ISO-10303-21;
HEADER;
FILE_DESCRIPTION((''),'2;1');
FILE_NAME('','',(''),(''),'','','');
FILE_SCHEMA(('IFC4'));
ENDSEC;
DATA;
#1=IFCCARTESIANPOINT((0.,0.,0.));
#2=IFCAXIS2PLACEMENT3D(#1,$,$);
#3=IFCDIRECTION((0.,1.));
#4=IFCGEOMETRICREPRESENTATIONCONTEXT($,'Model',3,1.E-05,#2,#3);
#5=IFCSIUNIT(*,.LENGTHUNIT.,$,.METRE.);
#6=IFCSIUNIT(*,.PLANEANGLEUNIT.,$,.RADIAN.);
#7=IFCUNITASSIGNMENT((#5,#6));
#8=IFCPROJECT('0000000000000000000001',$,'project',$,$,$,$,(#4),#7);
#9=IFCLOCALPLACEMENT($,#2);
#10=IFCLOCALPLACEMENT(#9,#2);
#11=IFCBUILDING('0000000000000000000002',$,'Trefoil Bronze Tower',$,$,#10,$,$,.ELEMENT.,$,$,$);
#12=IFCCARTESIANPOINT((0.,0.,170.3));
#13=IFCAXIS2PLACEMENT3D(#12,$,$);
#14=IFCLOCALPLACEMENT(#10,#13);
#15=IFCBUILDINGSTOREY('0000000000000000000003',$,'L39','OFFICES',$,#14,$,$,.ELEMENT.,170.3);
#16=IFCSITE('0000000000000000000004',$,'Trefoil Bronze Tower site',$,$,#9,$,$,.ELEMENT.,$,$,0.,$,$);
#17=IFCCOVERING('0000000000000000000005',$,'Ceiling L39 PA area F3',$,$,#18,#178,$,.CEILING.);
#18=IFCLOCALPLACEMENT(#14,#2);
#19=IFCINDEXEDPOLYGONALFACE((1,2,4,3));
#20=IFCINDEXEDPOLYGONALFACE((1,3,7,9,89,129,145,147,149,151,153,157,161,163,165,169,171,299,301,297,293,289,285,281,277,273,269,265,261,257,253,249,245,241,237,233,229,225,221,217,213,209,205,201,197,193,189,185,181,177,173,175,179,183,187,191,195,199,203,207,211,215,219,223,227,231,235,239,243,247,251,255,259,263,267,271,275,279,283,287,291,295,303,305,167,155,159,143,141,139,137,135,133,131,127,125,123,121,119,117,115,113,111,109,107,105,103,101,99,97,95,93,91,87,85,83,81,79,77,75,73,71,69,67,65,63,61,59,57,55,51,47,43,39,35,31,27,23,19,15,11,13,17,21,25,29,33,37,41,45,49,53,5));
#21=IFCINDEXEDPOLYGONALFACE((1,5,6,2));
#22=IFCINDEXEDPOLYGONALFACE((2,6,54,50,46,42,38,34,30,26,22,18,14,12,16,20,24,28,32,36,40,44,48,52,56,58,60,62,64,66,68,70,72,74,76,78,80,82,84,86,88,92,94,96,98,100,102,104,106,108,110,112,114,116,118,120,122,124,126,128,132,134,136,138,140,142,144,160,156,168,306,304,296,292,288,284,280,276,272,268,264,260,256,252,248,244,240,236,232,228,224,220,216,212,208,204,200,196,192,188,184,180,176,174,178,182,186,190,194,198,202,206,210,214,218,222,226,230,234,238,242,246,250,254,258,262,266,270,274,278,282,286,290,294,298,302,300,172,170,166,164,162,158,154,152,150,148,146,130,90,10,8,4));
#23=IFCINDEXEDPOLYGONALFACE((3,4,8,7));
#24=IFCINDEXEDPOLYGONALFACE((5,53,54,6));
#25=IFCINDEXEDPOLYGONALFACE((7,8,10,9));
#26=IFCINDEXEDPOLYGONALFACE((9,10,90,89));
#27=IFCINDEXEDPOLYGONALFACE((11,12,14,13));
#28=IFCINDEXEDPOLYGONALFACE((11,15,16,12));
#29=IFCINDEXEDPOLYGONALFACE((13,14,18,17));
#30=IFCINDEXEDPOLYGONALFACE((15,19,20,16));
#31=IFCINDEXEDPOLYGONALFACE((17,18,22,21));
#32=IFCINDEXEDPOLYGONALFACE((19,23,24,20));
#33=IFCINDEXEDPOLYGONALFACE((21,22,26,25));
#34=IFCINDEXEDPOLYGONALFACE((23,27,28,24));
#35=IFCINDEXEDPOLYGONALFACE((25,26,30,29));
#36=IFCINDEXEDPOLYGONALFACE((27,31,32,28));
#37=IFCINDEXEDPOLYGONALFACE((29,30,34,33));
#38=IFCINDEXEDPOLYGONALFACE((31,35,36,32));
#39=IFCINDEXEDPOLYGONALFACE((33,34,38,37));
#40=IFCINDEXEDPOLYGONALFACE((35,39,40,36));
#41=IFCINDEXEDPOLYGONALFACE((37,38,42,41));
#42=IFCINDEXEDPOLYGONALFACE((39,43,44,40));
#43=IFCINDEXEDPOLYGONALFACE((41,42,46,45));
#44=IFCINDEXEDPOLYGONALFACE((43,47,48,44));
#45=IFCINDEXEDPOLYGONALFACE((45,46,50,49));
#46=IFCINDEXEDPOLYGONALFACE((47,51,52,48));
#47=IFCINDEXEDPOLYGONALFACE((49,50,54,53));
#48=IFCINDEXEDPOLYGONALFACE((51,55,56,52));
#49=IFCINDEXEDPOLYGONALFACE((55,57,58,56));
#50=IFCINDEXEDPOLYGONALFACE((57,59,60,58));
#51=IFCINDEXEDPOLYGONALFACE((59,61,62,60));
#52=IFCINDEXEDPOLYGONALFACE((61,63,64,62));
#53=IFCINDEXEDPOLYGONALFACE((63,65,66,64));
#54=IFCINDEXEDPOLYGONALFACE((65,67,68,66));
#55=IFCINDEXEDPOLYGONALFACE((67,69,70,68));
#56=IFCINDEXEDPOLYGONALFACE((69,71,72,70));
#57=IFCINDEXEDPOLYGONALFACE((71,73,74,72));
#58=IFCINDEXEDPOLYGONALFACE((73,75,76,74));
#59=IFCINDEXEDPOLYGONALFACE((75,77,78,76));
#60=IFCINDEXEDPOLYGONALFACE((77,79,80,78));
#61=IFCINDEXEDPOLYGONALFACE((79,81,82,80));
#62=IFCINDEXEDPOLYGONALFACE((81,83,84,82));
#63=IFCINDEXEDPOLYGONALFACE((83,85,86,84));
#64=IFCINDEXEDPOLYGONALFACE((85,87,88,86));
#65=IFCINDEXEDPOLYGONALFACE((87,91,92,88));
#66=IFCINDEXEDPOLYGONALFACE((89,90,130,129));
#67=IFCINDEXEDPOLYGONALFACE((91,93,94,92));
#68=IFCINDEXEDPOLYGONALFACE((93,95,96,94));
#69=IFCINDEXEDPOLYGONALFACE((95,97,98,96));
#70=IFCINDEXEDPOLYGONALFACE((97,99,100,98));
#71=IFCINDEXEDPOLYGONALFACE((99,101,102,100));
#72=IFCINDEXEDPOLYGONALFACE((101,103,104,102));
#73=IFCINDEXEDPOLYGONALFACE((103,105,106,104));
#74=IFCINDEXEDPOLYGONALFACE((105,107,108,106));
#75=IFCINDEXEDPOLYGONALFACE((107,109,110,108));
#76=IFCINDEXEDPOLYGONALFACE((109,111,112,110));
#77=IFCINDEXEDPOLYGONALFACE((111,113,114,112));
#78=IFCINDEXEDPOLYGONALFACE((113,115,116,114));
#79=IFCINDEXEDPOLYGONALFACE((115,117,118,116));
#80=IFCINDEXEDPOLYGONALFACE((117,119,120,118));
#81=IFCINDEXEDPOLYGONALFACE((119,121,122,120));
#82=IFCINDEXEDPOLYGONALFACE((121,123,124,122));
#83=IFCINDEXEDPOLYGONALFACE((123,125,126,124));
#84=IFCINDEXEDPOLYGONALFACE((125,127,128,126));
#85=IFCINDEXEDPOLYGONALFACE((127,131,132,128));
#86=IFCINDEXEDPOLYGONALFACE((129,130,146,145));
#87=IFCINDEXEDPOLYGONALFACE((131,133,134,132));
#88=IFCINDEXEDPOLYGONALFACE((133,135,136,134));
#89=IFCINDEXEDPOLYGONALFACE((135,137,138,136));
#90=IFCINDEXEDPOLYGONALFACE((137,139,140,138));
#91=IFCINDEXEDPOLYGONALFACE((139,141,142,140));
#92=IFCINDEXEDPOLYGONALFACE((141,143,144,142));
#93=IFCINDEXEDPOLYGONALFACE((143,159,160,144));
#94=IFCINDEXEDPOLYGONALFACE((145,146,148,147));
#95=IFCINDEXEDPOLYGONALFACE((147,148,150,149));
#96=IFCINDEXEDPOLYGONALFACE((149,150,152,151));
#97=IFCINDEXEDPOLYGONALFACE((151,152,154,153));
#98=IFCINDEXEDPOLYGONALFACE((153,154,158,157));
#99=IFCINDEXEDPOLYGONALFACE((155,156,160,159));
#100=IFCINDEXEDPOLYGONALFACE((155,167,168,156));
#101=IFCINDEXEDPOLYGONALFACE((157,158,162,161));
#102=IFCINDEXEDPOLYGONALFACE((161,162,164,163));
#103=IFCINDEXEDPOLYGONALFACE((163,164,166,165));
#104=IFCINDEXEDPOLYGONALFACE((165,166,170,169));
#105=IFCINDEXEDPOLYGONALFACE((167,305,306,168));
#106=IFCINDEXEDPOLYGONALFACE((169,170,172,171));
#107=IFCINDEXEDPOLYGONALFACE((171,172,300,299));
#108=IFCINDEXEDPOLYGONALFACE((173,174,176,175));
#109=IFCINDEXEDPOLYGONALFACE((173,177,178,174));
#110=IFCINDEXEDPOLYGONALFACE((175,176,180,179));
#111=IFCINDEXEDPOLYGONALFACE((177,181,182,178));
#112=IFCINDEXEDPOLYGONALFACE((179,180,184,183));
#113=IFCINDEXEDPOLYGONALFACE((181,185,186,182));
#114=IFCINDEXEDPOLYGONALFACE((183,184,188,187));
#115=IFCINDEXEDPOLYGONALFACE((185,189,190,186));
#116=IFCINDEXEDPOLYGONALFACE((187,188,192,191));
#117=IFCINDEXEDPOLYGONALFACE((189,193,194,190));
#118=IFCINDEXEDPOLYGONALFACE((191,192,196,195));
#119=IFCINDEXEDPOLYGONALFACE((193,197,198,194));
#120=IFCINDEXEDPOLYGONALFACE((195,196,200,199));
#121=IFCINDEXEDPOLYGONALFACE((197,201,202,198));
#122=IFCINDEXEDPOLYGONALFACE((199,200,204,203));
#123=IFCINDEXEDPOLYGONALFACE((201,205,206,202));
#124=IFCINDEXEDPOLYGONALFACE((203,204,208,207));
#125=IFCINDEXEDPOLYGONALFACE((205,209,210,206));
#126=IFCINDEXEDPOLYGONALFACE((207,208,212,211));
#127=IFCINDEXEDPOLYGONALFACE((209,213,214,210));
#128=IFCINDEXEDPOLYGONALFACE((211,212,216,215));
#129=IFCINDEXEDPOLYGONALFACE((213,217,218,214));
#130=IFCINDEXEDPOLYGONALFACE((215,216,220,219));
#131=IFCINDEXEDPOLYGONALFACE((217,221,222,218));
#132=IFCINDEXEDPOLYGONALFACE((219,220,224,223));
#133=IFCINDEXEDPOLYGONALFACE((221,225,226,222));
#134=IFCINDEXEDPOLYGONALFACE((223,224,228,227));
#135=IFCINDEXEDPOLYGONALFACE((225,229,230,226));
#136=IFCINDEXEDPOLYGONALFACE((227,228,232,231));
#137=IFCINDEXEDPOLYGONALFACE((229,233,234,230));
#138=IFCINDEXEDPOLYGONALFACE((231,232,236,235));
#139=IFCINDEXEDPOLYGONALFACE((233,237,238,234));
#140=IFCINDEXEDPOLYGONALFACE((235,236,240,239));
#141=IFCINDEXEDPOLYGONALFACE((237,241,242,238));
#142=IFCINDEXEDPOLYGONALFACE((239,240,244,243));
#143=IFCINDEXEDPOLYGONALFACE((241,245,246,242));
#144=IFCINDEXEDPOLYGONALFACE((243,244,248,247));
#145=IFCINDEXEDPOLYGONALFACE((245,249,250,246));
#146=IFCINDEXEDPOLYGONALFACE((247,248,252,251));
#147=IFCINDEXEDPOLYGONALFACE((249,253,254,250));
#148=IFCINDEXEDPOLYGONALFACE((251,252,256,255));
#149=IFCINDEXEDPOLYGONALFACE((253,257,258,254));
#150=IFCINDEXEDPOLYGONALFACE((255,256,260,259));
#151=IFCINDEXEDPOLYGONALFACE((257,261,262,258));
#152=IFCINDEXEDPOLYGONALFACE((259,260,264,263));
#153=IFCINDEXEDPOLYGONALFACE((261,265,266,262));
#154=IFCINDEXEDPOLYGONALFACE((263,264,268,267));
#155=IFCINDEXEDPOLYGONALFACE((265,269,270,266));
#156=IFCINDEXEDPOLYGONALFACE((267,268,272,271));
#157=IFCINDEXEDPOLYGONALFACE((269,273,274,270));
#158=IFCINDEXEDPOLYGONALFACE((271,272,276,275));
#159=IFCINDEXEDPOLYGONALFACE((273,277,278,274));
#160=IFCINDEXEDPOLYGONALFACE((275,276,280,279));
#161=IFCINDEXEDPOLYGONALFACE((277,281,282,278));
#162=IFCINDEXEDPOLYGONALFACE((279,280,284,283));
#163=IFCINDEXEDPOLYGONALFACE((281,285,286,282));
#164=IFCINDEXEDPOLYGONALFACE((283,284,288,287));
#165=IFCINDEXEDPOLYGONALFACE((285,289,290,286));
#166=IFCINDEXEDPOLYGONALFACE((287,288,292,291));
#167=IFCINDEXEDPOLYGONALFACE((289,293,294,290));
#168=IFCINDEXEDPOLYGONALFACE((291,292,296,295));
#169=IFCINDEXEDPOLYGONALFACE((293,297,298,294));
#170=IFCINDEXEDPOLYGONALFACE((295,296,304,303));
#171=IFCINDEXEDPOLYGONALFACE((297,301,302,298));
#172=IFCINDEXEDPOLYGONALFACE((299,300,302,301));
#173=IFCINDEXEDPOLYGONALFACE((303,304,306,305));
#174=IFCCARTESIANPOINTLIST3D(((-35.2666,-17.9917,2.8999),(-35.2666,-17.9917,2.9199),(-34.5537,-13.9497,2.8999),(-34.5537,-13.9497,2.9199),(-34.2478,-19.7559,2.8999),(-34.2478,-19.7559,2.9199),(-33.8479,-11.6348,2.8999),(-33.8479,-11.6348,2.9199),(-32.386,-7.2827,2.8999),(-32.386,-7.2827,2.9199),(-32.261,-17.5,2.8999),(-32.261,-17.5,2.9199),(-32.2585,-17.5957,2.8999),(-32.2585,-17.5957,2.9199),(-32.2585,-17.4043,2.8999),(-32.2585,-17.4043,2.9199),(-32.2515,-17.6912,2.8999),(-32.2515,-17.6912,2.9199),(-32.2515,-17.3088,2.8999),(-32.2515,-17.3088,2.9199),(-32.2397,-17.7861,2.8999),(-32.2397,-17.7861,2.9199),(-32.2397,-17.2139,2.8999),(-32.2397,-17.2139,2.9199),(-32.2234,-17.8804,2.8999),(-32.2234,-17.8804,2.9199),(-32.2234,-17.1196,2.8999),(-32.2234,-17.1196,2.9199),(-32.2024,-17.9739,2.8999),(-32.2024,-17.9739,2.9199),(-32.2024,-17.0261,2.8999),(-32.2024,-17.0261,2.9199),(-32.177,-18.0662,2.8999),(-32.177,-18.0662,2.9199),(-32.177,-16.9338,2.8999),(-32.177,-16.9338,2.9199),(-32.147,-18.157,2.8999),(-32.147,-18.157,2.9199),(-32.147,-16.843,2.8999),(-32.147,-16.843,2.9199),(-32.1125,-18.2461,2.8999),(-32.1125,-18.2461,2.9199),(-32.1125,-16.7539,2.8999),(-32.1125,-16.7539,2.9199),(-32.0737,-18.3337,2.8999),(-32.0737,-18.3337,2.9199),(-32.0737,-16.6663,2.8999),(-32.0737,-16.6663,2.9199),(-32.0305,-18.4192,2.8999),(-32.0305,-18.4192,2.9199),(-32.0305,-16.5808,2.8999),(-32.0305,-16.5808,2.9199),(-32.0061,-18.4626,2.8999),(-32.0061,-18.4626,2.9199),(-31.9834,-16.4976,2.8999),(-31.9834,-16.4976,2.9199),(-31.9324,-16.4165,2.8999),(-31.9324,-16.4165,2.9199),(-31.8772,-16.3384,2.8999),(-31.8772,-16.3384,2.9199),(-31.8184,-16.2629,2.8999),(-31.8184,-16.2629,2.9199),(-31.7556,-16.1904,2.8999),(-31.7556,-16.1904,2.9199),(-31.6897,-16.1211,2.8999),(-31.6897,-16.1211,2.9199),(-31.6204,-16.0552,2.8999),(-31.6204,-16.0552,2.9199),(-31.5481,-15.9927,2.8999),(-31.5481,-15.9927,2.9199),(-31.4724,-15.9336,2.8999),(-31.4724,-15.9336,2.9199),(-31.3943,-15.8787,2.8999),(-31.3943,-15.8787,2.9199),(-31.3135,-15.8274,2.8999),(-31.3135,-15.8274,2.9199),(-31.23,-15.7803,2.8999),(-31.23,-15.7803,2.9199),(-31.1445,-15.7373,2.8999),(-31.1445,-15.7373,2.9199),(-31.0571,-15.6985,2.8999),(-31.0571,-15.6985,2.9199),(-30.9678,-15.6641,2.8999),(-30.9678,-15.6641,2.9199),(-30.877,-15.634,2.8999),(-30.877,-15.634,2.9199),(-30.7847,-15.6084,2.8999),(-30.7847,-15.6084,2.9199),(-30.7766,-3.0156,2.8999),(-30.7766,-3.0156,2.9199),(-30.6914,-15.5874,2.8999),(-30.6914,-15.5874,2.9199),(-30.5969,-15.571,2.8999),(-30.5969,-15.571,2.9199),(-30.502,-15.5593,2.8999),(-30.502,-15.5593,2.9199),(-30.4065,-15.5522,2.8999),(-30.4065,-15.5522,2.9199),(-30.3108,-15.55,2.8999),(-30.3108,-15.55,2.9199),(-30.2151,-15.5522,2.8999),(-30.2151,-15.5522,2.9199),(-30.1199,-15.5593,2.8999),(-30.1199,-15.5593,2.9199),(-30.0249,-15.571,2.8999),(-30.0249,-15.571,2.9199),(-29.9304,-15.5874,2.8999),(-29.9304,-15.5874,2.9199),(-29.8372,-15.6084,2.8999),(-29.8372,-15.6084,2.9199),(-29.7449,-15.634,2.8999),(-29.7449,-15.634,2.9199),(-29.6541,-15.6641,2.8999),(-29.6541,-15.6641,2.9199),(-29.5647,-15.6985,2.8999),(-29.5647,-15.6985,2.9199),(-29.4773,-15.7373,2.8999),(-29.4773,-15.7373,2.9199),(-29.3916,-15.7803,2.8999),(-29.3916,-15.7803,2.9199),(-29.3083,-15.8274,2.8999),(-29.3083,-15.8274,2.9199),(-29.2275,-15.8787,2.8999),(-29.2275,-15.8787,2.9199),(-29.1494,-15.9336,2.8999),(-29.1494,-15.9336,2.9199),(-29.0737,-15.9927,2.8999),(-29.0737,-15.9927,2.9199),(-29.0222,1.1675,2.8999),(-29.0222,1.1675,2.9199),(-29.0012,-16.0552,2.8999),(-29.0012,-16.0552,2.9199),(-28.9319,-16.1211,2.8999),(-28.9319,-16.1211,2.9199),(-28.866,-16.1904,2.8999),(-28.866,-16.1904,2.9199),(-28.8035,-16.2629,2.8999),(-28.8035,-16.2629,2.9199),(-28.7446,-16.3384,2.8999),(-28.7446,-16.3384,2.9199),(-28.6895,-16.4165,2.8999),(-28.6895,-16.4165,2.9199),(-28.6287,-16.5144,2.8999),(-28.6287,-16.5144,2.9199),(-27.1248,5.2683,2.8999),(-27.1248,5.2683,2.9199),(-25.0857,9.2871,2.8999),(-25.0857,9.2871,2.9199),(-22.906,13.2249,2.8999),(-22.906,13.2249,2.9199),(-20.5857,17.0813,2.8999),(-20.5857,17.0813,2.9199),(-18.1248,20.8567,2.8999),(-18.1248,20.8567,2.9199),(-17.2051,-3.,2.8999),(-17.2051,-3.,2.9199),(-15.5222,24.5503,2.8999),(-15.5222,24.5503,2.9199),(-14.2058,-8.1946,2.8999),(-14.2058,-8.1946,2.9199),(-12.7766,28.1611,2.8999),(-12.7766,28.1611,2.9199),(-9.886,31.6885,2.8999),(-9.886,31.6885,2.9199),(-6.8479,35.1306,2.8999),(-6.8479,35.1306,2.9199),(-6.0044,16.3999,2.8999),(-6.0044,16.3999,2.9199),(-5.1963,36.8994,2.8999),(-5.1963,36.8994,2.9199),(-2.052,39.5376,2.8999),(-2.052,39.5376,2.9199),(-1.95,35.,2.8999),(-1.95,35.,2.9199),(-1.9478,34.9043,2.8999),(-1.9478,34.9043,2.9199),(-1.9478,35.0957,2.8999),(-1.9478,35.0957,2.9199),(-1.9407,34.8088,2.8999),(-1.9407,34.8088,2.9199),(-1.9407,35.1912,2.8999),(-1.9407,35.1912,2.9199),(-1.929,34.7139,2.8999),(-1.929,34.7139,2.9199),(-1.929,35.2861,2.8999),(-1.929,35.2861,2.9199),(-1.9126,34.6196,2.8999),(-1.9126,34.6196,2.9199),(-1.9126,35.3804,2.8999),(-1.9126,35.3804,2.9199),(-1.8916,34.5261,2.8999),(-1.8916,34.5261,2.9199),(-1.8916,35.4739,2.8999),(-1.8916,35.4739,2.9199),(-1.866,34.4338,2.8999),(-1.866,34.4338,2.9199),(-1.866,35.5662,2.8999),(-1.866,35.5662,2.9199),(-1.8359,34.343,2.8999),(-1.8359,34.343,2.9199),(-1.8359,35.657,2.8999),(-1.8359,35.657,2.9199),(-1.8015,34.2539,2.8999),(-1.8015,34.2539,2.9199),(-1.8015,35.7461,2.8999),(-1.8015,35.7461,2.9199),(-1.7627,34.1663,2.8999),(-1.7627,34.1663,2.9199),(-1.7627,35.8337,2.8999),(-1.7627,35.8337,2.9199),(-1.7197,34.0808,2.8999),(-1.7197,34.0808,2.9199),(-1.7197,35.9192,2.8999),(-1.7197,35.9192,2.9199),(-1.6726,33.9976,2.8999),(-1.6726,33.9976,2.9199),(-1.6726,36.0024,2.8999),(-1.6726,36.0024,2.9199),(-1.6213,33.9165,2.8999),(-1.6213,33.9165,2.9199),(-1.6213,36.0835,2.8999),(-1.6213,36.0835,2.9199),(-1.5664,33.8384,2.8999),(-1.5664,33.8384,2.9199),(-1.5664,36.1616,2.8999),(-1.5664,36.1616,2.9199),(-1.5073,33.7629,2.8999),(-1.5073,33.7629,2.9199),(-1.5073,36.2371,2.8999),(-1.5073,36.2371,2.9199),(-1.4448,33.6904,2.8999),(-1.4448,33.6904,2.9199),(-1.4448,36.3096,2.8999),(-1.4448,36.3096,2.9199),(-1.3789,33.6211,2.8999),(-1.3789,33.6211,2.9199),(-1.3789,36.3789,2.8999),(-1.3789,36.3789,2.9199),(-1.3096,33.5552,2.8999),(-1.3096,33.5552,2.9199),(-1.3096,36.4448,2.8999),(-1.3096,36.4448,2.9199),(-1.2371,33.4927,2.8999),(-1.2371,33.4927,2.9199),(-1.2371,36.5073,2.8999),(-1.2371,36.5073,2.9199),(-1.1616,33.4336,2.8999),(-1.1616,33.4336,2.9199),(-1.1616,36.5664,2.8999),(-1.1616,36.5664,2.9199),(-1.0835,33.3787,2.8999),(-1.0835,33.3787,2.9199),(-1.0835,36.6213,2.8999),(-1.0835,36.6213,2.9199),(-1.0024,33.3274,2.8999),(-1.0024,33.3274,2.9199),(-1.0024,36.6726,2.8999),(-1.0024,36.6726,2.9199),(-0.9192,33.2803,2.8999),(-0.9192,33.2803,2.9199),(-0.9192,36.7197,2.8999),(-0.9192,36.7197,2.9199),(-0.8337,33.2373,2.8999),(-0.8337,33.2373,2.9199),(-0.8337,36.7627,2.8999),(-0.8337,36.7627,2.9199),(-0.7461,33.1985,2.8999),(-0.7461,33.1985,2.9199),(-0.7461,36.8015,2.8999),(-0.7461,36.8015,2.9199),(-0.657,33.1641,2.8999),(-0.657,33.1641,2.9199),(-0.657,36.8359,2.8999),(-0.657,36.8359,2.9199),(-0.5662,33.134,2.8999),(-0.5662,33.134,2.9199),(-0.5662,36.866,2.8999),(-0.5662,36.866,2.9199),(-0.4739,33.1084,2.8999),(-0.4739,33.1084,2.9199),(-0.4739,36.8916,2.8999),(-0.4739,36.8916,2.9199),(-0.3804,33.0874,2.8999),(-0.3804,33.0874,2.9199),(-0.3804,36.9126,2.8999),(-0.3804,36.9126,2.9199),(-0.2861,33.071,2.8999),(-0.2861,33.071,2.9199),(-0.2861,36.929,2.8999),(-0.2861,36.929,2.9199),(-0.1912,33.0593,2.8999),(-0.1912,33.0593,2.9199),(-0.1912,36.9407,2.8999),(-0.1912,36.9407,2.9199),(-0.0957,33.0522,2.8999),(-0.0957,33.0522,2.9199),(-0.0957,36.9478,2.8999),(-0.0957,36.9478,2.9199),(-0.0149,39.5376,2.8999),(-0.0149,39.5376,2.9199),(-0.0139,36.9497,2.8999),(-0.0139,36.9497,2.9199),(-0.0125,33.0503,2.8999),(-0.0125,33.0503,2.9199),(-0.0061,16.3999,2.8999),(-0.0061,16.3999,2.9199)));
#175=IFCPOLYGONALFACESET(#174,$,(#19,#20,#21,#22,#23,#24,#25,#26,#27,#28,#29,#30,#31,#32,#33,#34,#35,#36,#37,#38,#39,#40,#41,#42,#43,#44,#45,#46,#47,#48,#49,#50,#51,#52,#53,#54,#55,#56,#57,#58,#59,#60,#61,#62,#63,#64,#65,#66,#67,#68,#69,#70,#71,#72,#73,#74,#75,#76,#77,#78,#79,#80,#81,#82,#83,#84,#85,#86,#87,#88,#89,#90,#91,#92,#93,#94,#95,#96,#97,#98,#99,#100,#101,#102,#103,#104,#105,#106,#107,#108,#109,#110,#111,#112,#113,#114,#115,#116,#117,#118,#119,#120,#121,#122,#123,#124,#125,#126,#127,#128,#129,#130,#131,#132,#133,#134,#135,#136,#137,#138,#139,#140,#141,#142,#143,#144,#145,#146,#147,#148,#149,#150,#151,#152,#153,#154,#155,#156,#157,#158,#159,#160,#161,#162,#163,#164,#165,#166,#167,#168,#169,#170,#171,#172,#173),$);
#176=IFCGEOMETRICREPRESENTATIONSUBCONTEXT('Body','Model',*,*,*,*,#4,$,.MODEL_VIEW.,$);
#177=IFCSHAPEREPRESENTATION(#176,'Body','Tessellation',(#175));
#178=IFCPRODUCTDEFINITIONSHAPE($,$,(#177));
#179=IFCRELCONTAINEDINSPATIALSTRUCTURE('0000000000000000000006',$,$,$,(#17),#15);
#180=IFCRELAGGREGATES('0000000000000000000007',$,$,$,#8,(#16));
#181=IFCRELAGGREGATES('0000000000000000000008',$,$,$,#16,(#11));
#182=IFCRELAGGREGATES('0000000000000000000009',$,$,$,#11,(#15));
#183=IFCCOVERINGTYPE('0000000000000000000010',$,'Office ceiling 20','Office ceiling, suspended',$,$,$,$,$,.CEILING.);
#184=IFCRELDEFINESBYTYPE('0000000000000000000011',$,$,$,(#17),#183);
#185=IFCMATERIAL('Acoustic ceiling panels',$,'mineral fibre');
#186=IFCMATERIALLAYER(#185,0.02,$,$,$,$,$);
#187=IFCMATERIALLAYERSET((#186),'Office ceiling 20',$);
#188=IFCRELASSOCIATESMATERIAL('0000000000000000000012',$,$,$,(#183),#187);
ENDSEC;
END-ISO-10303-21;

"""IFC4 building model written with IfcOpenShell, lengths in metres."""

from ifc_helpers import new_model, si_unit, direction, frame, origin, place, context, subcontext, project, spatial, polyline, outline, extrude, material, layer, layer_set, type_object, element, save


model = new_model("IFC4")

# Units and contexts
model_context = context("Model", 3, precision=1e-05, world=origin(), true_north=direction((0.0, 1.0)))
body_context = subcontext(model_context, "Body", "Model", "MODEL_VIEW")
ifc_project = project(units=[si_unit("LENGTHUNIT", "METRE"), si_unit("PLANEANGLEUNIT", "RADIAN")], contexts=[model_context])

# Site, building, storey
site_placement = place(None, origin())
site = spatial("IfcSite", under=ifc_project, at=site_placement, Name="Trefoil Bronze Tower site", CompositionType="ELEMENT", RefElevation=0.0)
building_placement = place(site_placement, origin())
building = spatial("IfcBuilding", under=site, at=building_placement, Name="Trefoil Bronze Tower", CompositionType="ELEMENT")
storey_placement = place(building_placement, frame((0.0, 0.0, 170.3)))
storey = spatial("IfcBuildingStorey", under=building, at=storey_placement, Name="L39", Description="OFFICES", CompositionType="ELEMENT", Elevation=170.3)

# Covering
ifc_material_1 = material(Name="Acoustic ceiling panels", Category="mineral fibre")
ifc_layer_1 = layer(ifc_material_1, 0.02)
ifc_layer_set_1 = layer_set([ifc_layer_1], Name="Office ceiling 20")
covering_type_1 = type_object("IfcCoveringType", Name="Office ceiling 20", Description="Office ceiling, suspended", PredefinedType="CEILING", material=ifc_layer_set_1)
covering_1_placement = place(storey_placement, frame((0.0, 0.0, 2.8999)))
element("IfcCovering", 1, at=covering_1_placement, inside=storey, type_object=covering_type_1, Name="Ceiling L39 PA area F3", PredefinedType="CEILING", context=body_context, shape_type="SweptSolid", body=[
    extrude(outline(polyline([(-33.8479, -11.6348), (-32.386, -7.2827), (-30.7766, -3.0156), (-29.0222, 1.1675), (-27.1248, 5.2683), (-25.0857, 9.2871), (-22.906, 13.2249), (-20.5857, 17.0813), (-18.1248, 20.8567), (-15.5222, 24.5503), (-12.7766, 28.1611), (-9.886, 31.6885), (-6.8479, 35.1306), (-5.1963, 36.8994), (-2.052, 39.5376), (-0.0149, 39.5376), (-0.0139, 36.9497), (-0.0957, 36.9478), (-0.1912, 36.9407), (-0.2861, 36.929), (-0.3804, 36.9126), (-0.4739, 36.8916), (-0.5662, 36.866), (-0.657, 36.8359), (-0.7461, 36.8015), (-0.8337, 36.7627), (-0.9192, 36.7197), (-1.0024, 36.6726), (-1.0835, 36.6213), (-1.1616, 36.5664), (-1.2371, 36.5073), (-1.3096, 36.4448), (-1.3789, 36.3789), (-1.4448, 36.3096), (-1.5073, 36.2371), (-1.5664, 36.1616), (-1.6213, 36.0835), (-1.6726, 36.0024), (-1.7197, 35.9192), (-1.7627, 35.8337), (-1.8015, 35.7461), (-1.8359, 35.657), (-1.866, 35.5662), (-1.8916, 35.4739), (-1.9126, 35.3804), (-1.929, 35.2861), (-1.9407, 35.1912), (-1.9478, 35.0957), (-1.95, 35.0), (-1.9478, 34.9043), (-1.9407, 34.8088), (-1.929, 34.7139), (-1.9126, 34.6196), (-1.8916, 34.5261), (-1.866, 34.4338), (-1.8359, 34.343), (-1.8015, 34.2539), (-1.7627, 34.1663), (-1.7197, 34.0808), (-1.6726, 33.9976), (-1.6213, 33.9165), (-1.5664, 33.8384), (-1.5073, 33.7629), (-1.4448, 33.6904), (-1.3789, 33.6211), (-1.3096, 33.5552), (-1.2371, 33.4927), (-1.1616, 33.4336), (-1.0835, 33.3787), (-1.0024, 33.3274), (-0.9192, 33.2803), (-0.8337, 33.2373), (-0.7461, 33.1985), (-0.657, 33.1641), (-0.5662, 33.134), (-0.4739, 33.1084), (-0.3804, 33.0874), (-0.2861, 33.071), (-0.1912, 33.0593), (-0.0957, 33.0522), (-0.0125, 33.0503), (-0.0061, 16.3999), (-6.0044, 16.3999), (-17.2051, -3.0), (-14.2058, -8.1946), (-28.6287, -16.5144), (-28.6895, -16.4165), (-28.7446, -16.3384), (-28.8035, -16.2629), (-28.866, -16.1904), (-28.9319, -16.1211), (-29.0012, -16.0552), (-29.0737, -15.9927), (-29.1494, -15.9336), (-29.2275, -15.8787), (-29.3083, -15.8274), (-29.3916, -15.7803), (-29.4773, -15.7373), (-29.5647, -15.6985), (-29.6541, -15.6641), (-29.7449, -15.634), (-29.8372, -15.6084), (-29.9304, -15.5874), (-30.0249, -15.571), (-30.1199, -15.5593), (-30.2151, -15.5522), (-30.3108, -15.55), (-30.4065, -15.5522), (-30.502, -15.5593), (-30.5969, -15.571), (-30.6914, -15.5874), (-30.7847, -15.6084), (-30.877, -15.634), (-30.9678, -15.6641), (-31.0571, -15.6985), (-31.1445, -15.7373), (-31.23, -15.7803), (-31.3135, -15.8274), (-31.3943, -15.8787), (-31.4724, -15.9336), (-31.5481, -15.9927), (-31.6204, -16.0552), (-31.6897, -16.1211), (-31.7556, -16.1904), (-31.8184, -16.2629), (-31.8772, -16.3384), (-31.9324, -16.4165), (-31.9834, -16.4976), (-32.0305, -16.5808), (-32.0737, -16.6663), (-32.1125, -16.7539), (-32.147, -16.843), (-32.177, -16.9338), (-32.2024, -17.0261), (-32.2234, -17.1196), (-32.2397, -17.2139), (-32.2515, -17.3088), (-32.2585, -17.4043), (-32.261, -17.5), (-32.2585, -17.5957), (-32.2515, -17.6912), (-32.2397, -17.7861), (-32.2234, -17.8804), (-32.2024, -17.9739), (-32.177, -18.0662), (-32.147, -18.157), (-32.1125, -18.2461), (-32.0737, -18.3337), (-32.0305, -18.4192), (-32.0061, -18.4626), (-34.2478, -19.7559), (-35.2666, -17.9917), (-34.5537, -13.9497), (-33.8479, -11.6348)])), origin(), (0.0, 0.0, 1.0), 0.02),
])

save(model, "model.ifc")
